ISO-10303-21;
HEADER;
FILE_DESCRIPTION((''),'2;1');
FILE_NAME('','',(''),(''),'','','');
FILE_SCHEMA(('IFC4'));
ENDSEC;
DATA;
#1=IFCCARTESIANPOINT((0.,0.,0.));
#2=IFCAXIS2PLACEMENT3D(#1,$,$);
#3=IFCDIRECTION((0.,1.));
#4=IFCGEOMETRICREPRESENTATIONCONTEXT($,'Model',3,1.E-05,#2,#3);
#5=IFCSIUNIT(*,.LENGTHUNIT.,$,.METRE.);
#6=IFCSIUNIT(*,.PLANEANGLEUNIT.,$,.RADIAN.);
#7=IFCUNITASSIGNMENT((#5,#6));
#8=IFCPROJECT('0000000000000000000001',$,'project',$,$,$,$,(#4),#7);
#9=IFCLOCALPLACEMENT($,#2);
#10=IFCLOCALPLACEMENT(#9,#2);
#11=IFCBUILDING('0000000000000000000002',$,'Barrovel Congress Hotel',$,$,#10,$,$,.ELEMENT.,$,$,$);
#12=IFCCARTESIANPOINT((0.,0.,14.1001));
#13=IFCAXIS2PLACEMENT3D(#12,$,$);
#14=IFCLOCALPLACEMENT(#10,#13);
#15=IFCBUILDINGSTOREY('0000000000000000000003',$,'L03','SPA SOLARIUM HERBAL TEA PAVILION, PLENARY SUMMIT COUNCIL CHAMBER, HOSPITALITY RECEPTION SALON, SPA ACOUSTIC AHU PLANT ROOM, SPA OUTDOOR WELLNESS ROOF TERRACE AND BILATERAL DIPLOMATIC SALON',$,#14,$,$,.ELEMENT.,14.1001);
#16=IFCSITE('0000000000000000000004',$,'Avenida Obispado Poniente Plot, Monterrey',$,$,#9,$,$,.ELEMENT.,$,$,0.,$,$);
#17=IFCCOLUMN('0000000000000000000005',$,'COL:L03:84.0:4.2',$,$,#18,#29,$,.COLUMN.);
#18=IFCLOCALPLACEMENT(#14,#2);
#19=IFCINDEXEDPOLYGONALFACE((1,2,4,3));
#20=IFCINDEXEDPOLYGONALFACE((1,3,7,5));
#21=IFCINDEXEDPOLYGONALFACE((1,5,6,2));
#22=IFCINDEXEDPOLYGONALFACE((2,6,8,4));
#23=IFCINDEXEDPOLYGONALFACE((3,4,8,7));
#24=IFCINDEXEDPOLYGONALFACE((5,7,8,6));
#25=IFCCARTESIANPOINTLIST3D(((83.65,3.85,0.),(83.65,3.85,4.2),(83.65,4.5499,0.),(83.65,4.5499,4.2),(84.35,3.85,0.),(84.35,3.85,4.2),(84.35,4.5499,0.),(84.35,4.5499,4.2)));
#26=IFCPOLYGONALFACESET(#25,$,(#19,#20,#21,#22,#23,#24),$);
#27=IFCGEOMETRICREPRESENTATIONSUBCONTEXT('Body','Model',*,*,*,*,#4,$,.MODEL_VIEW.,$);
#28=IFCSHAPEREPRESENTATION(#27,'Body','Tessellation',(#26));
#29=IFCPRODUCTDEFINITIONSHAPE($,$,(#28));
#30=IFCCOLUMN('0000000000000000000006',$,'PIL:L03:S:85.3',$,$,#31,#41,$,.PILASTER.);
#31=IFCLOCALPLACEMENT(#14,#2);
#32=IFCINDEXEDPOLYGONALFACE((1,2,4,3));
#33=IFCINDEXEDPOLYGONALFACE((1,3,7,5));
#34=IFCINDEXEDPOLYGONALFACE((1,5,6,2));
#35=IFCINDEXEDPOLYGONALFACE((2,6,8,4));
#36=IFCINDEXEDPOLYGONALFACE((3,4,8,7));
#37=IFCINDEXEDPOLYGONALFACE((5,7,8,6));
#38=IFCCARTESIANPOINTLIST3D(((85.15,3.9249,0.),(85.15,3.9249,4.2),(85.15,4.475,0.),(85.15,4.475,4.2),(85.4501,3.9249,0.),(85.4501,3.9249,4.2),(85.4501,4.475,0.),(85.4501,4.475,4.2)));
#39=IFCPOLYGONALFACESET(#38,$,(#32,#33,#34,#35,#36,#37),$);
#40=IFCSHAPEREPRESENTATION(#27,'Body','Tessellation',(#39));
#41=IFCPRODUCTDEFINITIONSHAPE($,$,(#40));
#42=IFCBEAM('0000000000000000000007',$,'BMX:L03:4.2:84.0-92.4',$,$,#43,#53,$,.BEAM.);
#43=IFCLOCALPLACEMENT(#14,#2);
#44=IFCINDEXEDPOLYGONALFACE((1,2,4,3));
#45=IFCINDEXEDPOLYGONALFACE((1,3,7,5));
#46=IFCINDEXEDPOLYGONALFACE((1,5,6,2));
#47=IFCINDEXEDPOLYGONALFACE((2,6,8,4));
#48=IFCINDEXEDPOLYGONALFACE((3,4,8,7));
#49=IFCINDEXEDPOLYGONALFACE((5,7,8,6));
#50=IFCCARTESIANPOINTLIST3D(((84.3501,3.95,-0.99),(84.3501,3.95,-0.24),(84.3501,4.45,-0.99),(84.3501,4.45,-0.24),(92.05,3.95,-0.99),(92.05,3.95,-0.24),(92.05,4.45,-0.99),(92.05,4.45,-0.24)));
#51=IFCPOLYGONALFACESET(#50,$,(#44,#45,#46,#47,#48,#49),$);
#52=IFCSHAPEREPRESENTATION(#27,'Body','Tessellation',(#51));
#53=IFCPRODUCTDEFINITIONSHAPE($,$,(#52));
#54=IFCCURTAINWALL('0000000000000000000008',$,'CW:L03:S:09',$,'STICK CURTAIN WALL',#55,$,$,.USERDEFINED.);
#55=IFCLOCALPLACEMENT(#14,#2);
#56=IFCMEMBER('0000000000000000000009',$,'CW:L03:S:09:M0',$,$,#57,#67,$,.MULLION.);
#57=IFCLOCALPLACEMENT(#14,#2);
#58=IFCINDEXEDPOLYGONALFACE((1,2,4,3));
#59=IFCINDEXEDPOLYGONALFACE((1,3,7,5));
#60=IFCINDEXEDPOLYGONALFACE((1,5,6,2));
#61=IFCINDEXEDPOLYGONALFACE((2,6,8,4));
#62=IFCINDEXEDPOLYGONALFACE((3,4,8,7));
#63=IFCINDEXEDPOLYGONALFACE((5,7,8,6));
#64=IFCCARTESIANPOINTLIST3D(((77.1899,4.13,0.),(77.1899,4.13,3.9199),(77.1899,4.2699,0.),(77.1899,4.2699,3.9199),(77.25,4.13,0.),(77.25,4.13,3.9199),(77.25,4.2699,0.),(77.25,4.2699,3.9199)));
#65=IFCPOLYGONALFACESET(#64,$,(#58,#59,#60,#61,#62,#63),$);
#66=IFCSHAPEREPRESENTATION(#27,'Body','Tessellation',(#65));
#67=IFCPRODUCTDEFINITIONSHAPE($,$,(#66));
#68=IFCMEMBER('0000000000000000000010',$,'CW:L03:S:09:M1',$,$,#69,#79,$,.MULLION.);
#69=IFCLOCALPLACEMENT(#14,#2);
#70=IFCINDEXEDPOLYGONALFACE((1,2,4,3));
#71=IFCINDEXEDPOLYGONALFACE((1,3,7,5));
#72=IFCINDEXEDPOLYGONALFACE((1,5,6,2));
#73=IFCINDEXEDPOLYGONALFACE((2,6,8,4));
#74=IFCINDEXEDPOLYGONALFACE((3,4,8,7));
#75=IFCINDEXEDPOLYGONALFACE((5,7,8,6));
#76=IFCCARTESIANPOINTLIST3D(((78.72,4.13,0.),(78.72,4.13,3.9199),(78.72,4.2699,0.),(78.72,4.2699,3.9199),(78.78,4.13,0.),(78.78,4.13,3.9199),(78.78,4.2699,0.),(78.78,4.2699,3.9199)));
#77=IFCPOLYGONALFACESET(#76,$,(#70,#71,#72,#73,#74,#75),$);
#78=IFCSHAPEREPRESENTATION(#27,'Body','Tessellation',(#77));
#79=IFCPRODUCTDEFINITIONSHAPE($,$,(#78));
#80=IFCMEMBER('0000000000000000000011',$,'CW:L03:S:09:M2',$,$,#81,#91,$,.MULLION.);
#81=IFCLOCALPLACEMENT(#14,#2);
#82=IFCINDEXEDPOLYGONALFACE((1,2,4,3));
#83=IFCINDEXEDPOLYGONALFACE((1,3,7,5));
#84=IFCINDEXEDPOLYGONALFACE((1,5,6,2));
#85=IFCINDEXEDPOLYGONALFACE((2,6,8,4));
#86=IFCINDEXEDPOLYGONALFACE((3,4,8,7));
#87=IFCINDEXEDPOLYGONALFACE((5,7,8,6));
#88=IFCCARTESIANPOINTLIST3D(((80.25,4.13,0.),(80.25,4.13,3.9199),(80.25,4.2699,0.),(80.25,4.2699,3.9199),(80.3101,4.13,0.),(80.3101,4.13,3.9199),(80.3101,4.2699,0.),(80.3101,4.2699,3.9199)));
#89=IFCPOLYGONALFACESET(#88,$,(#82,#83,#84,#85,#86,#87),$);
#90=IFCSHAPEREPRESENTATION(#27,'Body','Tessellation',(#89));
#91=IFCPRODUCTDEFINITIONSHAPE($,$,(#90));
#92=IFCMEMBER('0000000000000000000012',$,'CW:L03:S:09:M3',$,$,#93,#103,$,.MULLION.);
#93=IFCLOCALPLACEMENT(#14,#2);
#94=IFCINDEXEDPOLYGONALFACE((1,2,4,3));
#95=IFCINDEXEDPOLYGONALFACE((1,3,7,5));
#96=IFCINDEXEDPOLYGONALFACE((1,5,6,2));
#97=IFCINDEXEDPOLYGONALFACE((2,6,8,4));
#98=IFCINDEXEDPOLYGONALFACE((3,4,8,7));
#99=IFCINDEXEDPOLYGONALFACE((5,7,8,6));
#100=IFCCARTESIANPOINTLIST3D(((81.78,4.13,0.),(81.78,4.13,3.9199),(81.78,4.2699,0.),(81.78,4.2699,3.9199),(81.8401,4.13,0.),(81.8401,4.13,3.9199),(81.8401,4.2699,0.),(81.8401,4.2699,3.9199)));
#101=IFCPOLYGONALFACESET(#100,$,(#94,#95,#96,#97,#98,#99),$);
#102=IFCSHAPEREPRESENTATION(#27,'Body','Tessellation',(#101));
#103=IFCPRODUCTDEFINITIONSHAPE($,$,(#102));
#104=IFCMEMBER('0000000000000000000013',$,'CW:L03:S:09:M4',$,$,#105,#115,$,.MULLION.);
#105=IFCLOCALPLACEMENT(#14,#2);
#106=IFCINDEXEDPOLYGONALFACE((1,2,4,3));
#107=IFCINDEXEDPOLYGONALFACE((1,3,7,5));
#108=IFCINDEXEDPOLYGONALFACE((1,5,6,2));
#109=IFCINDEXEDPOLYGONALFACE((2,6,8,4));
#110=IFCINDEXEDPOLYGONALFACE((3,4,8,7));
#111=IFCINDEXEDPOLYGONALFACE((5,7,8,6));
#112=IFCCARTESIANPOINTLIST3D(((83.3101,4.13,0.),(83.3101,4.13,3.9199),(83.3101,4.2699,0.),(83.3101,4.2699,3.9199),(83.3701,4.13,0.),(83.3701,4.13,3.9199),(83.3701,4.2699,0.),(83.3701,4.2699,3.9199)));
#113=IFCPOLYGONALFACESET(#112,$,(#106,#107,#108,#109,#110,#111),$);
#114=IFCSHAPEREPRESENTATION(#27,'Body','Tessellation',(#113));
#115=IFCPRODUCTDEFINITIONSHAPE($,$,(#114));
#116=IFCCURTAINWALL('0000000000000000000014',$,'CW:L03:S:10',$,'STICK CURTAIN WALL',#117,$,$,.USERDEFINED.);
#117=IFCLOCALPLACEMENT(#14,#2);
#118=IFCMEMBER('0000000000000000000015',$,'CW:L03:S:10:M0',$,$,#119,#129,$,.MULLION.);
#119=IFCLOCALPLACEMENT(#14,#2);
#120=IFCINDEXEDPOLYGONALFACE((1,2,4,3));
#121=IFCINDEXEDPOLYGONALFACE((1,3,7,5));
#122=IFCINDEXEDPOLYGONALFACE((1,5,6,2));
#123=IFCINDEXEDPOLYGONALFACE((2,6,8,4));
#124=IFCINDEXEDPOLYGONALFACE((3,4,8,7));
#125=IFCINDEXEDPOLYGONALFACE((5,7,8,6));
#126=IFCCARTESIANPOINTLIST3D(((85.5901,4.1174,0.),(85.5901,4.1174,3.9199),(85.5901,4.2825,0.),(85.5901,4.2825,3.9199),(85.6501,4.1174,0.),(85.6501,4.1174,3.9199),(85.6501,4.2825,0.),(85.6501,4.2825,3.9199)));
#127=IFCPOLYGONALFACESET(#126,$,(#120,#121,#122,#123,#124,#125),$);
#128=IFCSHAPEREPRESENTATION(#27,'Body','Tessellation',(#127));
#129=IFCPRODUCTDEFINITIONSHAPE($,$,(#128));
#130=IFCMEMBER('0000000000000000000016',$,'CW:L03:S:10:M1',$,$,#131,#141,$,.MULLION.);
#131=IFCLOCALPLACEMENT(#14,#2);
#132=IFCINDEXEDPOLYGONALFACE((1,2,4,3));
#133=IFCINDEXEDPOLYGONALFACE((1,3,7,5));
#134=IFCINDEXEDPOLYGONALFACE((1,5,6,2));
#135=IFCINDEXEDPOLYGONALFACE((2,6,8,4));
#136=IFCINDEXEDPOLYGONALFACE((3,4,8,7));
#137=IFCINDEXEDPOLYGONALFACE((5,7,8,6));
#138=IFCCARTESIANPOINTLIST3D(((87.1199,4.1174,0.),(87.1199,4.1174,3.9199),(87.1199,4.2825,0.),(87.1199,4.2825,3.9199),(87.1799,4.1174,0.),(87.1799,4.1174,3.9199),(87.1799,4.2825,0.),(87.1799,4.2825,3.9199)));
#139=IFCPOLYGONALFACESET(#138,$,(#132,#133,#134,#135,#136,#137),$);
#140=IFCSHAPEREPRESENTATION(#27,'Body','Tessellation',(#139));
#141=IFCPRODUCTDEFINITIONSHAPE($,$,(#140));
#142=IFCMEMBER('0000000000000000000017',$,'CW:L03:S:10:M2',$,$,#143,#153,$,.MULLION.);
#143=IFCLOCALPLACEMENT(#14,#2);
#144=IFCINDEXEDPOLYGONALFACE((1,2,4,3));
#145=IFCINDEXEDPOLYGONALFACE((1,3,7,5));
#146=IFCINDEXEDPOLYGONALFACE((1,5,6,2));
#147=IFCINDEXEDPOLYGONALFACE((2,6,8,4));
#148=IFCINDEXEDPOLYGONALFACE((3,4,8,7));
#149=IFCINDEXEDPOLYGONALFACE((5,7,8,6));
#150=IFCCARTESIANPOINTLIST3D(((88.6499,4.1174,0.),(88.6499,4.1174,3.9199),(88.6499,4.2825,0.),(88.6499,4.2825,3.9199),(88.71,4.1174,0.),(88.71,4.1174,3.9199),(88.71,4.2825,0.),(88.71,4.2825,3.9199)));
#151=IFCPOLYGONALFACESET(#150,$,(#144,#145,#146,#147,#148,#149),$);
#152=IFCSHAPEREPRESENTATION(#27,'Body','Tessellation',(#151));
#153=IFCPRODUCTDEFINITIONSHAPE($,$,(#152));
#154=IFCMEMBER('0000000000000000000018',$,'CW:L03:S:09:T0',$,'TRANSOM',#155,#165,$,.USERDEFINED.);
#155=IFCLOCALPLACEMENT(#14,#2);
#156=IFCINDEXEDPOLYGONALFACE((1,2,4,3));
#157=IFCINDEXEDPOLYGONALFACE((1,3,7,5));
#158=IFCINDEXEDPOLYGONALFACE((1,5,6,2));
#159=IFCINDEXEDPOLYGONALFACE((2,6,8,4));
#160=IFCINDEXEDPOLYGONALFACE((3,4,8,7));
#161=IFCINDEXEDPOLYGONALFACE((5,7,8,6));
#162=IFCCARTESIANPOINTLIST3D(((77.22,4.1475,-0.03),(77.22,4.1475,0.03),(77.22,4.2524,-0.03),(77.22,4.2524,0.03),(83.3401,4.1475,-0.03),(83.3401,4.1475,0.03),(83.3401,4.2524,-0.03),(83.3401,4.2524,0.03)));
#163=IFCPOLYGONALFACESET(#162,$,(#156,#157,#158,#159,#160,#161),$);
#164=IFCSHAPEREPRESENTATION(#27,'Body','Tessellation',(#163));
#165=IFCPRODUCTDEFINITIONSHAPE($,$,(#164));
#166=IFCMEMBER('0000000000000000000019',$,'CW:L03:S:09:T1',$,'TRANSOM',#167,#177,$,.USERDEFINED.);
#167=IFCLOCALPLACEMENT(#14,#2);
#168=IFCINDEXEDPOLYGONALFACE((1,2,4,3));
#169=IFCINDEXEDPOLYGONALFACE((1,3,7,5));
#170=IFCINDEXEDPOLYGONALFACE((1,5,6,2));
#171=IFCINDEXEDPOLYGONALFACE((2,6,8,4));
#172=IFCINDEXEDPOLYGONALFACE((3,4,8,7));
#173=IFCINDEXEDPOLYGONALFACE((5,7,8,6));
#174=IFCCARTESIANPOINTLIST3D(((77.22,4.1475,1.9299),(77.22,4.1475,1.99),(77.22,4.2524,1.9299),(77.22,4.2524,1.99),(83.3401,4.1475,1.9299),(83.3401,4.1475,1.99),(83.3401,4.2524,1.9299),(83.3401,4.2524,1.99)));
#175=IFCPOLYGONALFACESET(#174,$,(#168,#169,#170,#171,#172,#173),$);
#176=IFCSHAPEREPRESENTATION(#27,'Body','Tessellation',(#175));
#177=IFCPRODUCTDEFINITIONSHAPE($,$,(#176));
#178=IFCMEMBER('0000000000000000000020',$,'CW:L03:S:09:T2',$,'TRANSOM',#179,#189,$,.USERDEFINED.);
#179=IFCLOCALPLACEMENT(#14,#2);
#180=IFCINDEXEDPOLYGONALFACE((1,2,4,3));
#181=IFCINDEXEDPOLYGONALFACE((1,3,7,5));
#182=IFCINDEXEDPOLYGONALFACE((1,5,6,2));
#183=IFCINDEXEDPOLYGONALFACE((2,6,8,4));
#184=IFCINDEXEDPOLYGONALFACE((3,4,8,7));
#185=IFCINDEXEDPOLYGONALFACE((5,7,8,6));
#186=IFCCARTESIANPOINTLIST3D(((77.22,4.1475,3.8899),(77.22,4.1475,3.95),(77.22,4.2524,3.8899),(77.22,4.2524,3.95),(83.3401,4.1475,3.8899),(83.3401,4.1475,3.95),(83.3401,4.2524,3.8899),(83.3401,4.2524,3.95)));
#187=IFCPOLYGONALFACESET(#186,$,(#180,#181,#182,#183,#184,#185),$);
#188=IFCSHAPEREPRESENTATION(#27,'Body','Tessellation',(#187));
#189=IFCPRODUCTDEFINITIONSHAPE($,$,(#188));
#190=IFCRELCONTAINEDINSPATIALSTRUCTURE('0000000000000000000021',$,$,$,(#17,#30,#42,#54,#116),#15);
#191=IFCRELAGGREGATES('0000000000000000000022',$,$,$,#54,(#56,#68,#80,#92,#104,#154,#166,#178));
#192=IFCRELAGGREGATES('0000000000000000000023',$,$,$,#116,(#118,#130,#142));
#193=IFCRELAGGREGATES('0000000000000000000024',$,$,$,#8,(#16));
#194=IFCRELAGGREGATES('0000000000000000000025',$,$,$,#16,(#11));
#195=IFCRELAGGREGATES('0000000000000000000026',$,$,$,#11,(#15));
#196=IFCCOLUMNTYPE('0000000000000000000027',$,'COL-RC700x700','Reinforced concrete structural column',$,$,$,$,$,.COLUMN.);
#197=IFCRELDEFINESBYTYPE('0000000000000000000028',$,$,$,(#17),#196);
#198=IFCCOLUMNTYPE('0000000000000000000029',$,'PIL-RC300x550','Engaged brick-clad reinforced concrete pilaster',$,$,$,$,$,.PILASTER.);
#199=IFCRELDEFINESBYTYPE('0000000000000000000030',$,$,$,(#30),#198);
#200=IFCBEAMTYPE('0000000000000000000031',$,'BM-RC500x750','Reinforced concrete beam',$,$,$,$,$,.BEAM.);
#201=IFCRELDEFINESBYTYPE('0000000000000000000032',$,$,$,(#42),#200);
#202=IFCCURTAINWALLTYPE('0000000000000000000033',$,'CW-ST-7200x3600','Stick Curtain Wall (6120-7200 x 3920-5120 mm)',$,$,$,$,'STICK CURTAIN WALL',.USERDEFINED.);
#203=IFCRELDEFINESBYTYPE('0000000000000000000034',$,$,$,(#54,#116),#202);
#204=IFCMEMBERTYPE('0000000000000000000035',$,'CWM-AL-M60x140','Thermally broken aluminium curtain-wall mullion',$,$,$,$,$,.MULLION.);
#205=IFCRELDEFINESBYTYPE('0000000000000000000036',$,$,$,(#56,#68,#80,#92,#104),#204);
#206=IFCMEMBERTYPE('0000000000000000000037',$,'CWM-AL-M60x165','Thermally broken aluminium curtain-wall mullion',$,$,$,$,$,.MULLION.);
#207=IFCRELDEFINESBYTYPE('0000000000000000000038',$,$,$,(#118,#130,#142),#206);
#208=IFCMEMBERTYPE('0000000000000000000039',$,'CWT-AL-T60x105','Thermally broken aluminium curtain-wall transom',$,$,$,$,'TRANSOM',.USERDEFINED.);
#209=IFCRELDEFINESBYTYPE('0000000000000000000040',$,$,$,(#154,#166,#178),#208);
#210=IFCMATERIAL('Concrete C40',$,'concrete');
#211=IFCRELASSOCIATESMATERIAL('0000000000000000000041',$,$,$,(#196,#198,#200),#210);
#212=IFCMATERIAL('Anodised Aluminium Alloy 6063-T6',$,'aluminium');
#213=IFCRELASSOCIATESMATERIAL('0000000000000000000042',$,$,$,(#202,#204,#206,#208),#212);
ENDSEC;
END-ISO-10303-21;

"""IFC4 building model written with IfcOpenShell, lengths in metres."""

from ifc_helpers import new_model, si_unit, direction, frame, origin, origin_2d, place, context, subcontext, project, spatial, rectangle, extrude, material, material_profile, profile_set, type_object, element, aggregate, save


model = new_model("IFC4")

# Units and contexts
model_context = context("Model", 3, precision=1e-05, world=origin(), true_north=direction((0.0, 1.0)))
body_context = subcontext(model_context, "Body", "Model", "MODEL_VIEW")
ifc_project = project(units=[si_unit("LENGTHUNIT", "METRE"), si_unit("PLANEANGLEUNIT", "RADIAN")], contexts=[model_context])

# Site, building, storey
site_placement = place(None, origin())
site = spatial("IfcSite", under=ifc_project, at=site_placement, Name="Avenida Obispado Poniente Plot, Monterrey", CompositionType="ELEMENT", RefElevation=0.0)
building_placement = place(site_placement, origin())
building = spatial("IfcBuilding", under=site, at=building_placement, Name="Barrovel Congress Hotel", CompositionType="ELEMENT")
storey_placement = place(building_placement, frame((0.0, 0.0, 14.1001)))
storey = spatial("IfcBuildingStorey", under=building, at=storey_placement, Name="L03", Description="SPA SOLARIUM HERBAL TEA PAVILION, PLENARY SUMMIT COUNCIL CHAMBER, HOSPITALITY RECEPTION SALON, SPA ACOUSTIC AHU PLANT ROOM, SPA OUTDOOR WELLNESS ROOF TERRACE AND BILATERAL DIPLOMATIC SALON", CompositionType="ELEMENT", Elevation=14.1001)

# Columns
ifc_material_1 = material(Name="Concrete C40", Category="concrete")
ifc_material_profile_1 = material_profile(ifc_material_1, rectangle(XDim=0.7, YDim=0.7, at=origin_2d()), Name="RC700x700")
ifc_profile_set_1 = profile_set([ifc_material_profile_1], Name="Concrete C40")
column_type_1 = type_object("IfcColumnType", Name="COL-RC700x700", Description="Reinforced concrete structural column", PredefinedType="COLUMN", material=ifc_profile_set_1)
column_1_placement = place(storey_placement, frame((84.0, 4.2, 0.0), z_axis=(0.0, 0.0, 1.0), x_axis=(1.0, 0.0, 0.0)))
element("IfcColumn", 1, at=column_1_placement, inside=storey, type_object=column_type_1, Name="COL:L03:84.0:4.2", PredefinedType="COLUMN", context=body_context, shape_type="SweptSolid", body=[
    extrude(rectangle(XDim=0.7, YDim=0.7, at=origin_2d()), origin(), (0.0, 0.0, 1.0), 4.2),
])
ifc_material_profile_2 = material_profile(ifc_material_1, rectangle(XDim=0.3, YDim=0.55, at=origin_2d()), Name="RC300x550")
ifc_profile_set_2 = profile_set([ifc_material_profile_2], Name="Concrete C40")
column_type_2 = type_object("IfcColumnType", Name="PIL-RC300x550", Description="Engaged brick-clad reinforced concrete pilaster", PredefinedType="PILASTER", material=ifc_profile_set_2)
column_2_placement = place(storey_placement, frame((85.3, 4.2, 0.0), z_axis=(0.0, 0.0, 1.0), x_axis=(1.0, 0.0, 0.0)))
element("IfcColumn", 2, at=column_2_placement, inside=storey, type_object=column_type_2, Name="PIL:L03:S:85.3", PredefinedType="PILASTER", context=body_context, shape_type="SweptSolid", body=[
    extrude(rectangle(XDim=0.3, YDim=0.55, at=origin_2d()), origin(), (0.0, 0.0, 1.0), 4.2),
])

# Beam
ifc_material_profile_3 = material_profile(ifc_material_1, rectangle(XDim=0.5, YDim=0.75, at=origin_2d()), Name="RC500x750")
ifc_profile_set_3 = profile_set([ifc_material_profile_3], Name="Concrete C40")
beam_type = type_object("IfcBeamType", Name="BM-RC500x750", Description="Reinforced concrete beam", PredefinedType="BEAM", material=ifc_profile_set_3)
beam_placement = place(storey_placement, frame((84.3501, 4.2, -0.615), z_axis=(1.0, 0.0, 0.0), x_axis=(0.0, 1.0, 0.0)))
element("IfcBeam", 3, at=beam_placement, inside=storey, type_object=beam_type, Name="BMX:L03:4.2:84.0-92.4", PredefinedType="BEAM", context=body_context, shape_type="SweptSolid", body=[
    extrude(rectangle(XDim=0.5, YDim=0.75, at=origin_2d()), origin(), (0.0, 0.0, 1.0), 7.7),
])

# Curtain walls, members
ifc_material_2 = material(Name="Anodised Aluminium Alloy 6063-T6", Category="aluminium")
curtain_wall_type = type_object("IfcCurtainWallType", Name="CW-ST-7200x3600", Description="Stick Curtain Wall (6120-7200 x 3920-5120 mm)", ElementType="STICK CURTAIN WALL", PredefinedType="USERDEFINED", material=ifc_material_2)
curtain_wall_1_placement = place(storey_placement, origin())
curtain_wall_1 = element("IfcCurtainWall", 4, at=curtain_wall_1_placement, inside=storey, type_object=curtain_wall_type, Name="CW:L03:S:09", ObjectType="STICK CURTAIN WALL", PredefinedType="USERDEFINED")
ifc_material_profile_4 = material_profile(ifc_material_2, rectangle(XDim=0.0601, YDim=0.1399, at=origin_2d()), Name="AL-M60x140")
ifc_profile_set_4 = profile_set([ifc_material_profile_4], Name="Anodised Aluminium Alloy 6063-T6")
member_type_1 = type_object("IfcMemberType", Name="CWM-AL-M60x140", Description="Thermally broken aluminium curtain-wall mullion", PredefinedType="MULLION", material=ifc_profile_set_4)
member_1_placement = place(storey_placement, frame((77.22, 4.2, 0.0), z_axis=(0.0, 0.0, 1.0), x_axis=(1.0, 0.0, 0.0)))
member_1 = element("IfcMember", 5, at=member_1_placement, type_object=member_type_1, Name="CW:L03:S:09:M0", PredefinedType="MULLION", context=body_context, shape_type="SweptSolid", body=[
    extrude(rectangle(XDim=0.0601, YDim=0.1399, at=origin_2d()), origin(), (0.0, 0.0, 1.0), 3.9199),
])
member_2_placement = place(storey_placement, frame((78.75, 4.2, 0.0), z_axis=(0.0, 0.0, 1.0), x_axis=(1.0, 0.0, 0.0)))
member_2 = element("IfcMember", 6, at=member_2_placement, type_object=member_type_1, Name="CW:L03:S:09:M1", PredefinedType="MULLION", context=body_context, shape_type="SweptSolid", body=[
    extrude(rectangle(XDim=0.0601, YDim=0.1399, at=origin_2d()), origin(), (0.0, 0.0, 1.0), 3.9199),
])
member_3_placement = place(storey_placement, frame((80.28, 4.2, 0.0), z_axis=(0.0, 0.0, 1.0), x_axis=(1.0, 0.0, 0.0)))
member_3 = element("IfcMember", 7, at=member_3_placement, type_object=member_type_1, Name="CW:L03:S:09:M2", PredefinedType="MULLION", context=body_context, shape_type="SweptSolid", body=[
    extrude(rectangle(XDim=0.0601, YDim=0.1399, at=origin_2d()), origin(), (0.0, 0.0, 1.0), 3.9199),
])
member_4_placement = place(storey_placement, frame((81.8101, 4.2, 0.0), z_axis=(0.0, 0.0, 1.0), x_axis=(1.0, 0.0, 0.0)))
member_4 = element("IfcMember", 8, at=member_4_placement, type_object=member_type_1, Name="CW:L03:S:09:M3", PredefinedType="MULLION", context=body_context, shape_type="SweptSolid", body=[
    extrude(rectangle(XDim=0.0601, YDim=0.1399, at=origin_2d()), origin(), (0.0, 0.0, 1.0), 3.9199),
])
member_5_placement = place(storey_placement, frame((83.3401, 4.2, 0.0), z_axis=(0.0, 0.0, 1.0), x_axis=(1.0, 0.0, 0.0)))
member_5 = element("IfcMember", 9, at=member_5_placement, type_object=member_type_1, Name="CW:L03:S:09:M4", PredefinedType="MULLION", context=body_context, shape_type="SweptSolid", body=[
    extrude(rectangle(XDim=0.0601, YDim=0.1399, at=origin_2d()), origin(), (0.0, 0.0, 1.0), 3.9199),
])
curtain_wall_2_placement = place(storey_placement, origin())
curtain_wall_2 = element("IfcCurtainWall", 10, at=curtain_wall_2_placement, inside=storey, type_object=curtain_wall_type, Name="CW:L03:S:10", ObjectType="STICK CURTAIN WALL", PredefinedType="USERDEFINED")
ifc_material_profile_5 = material_profile(ifc_material_2, rectangle(XDim=0.0601, YDim=0.165, at=origin_2d()), Name="AL-M60x165")
ifc_profile_set_5 = profile_set([ifc_material_profile_5], Name="Anodised Aluminium Alloy 6063-T6")
member_type_2 = type_object("IfcMemberType", Name="CWM-AL-M60x165", Description="Thermally broken aluminium curtain-wall mullion", PredefinedType="MULLION", material=ifc_profile_set_5)
member_6_placement = place(storey_placement, frame((85.6201, 4.2, 0.0), z_axis=(0.0, 0.0, 1.0), x_axis=(1.0, 0.0, 0.0)))
member_6 = element("IfcMember", 11, at=member_6_placement, type_object=member_type_2, Name="CW:L03:S:10:M0", PredefinedType="MULLION", context=body_context, shape_type="SweptSolid", body=[
    extrude(rectangle(XDim=0.0601, YDim=0.165, at=origin_2d()), origin(), (0.0, 0.0, 1.0), 3.9199),
])
member_7_placement = place(storey_placement, frame((87.1499, 4.2, 0.0), z_axis=(0.0, 0.0, 1.0), x_axis=(1.0, 0.0, 0.0)))
member_7 = element("IfcMember", 12, at=member_7_placement, type_object=member_type_2, Name="CW:L03:S:10:M1", PredefinedType="MULLION", context=body_context, shape_type="SweptSolid", body=[
    extrude(rectangle(XDim=0.0601, YDim=0.165, at=origin_2d()), origin(), (0.0, 0.0, 1.0), 3.9199),
])
member_8_placement = place(storey_placement, frame((88.6799, 4.2, 0.0), z_axis=(0.0, 0.0, 1.0), x_axis=(1.0, 0.0, 0.0)))
member_8 = element("IfcMember", 13, at=member_8_placement, type_object=member_type_2, Name="CW:L03:S:10:M2", PredefinedType="MULLION", context=body_context, shape_type="SweptSolid", body=[
    extrude(rectangle(XDim=0.0601, YDim=0.165, at=origin_2d()), origin(), (0.0, 0.0, 1.0), 3.9199),
])

# Members
ifc_material_profile_6 = material_profile(ifc_material_2, rectangle(XDim=0.105, YDim=0.0601, at=origin_2d()), Name="AL-T60x105")
ifc_profile_set_6 = profile_set([ifc_material_profile_6], Name="Anodised Aluminium Alloy 6063-T6")
member_type_3 = type_object("IfcMemberType", Name="CWT-AL-T60x105", Description="Thermally broken aluminium curtain-wall transom", ElementType="TRANSOM", PredefinedType="USERDEFINED", material=ifc_profile_set_6)
member_9_placement = place(storey_placement, frame((77.22, 4.2, 0.0), z_axis=(1.0, 0.0, 0.0), x_axis=(0.0, 1.0, 0.0)))
member_9 = element("IfcMember", 14, at=member_9_placement, type_object=member_type_3, Name="CW:L03:S:09:T0", ObjectType="TRANSOM", PredefinedType="USERDEFINED", context=body_context, shape_type="SweptSolid", body=[
    extrude(rectangle(XDim=0.105, YDim=0.0601, at=origin_2d()), origin(), (0.0, 0.0, 1.0), 6.1201),
])
member_10_placement = place(storey_placement, frame((77.22, 4.2, 1.96), z_axis=(1.0, 0.0, 0.0), x_axis=(0.0, 1.0, 0.0)))
member_10 = element("IfcMember", 15, at=member_10_placement, type_object=member_type_3, Name="CW:L03:S:09:T1", ObjectType="TRANSOM", PredefinedType="USERDEFINED", context=body_context, shape_type="SweptSolid", body=[
    extrude(rectangle(XDim=0.105, YDim=0.0601, at=origin_2d()), origin(), (0.0, 0.0, 1.0), 6.1201),
])
member_11_placement = place(storey_placement, frame((77.22, 4.2, 3.9199), z_axis=(1.0, 0.0, 0.0), x_axis=(0.0, 1.0, 0.0)))
member_11 = element("IfcMember", 16, at=member_11_placement, type_object=member_type_3, Name="CW:L03:S:09:T2", ObjectType="TRANSOM", PredefinedType="USERDEFINED", context=body_context, shape_type="SweptSolid", body=[
    extrude(rectangle(XDim=0.105, YDim=0.0601, at=origin_2d()), origin(), (0.0, 0.0, 1.0), 6.1201),
])

aggregate(curtain_wall_1, [member_1, member_2, member_3, member_4, member_5, member_9, member_10, member_11])
aggregate(curtain_wall_2, [member_6, member_7, member_8])

save(model, "model.ifc")
